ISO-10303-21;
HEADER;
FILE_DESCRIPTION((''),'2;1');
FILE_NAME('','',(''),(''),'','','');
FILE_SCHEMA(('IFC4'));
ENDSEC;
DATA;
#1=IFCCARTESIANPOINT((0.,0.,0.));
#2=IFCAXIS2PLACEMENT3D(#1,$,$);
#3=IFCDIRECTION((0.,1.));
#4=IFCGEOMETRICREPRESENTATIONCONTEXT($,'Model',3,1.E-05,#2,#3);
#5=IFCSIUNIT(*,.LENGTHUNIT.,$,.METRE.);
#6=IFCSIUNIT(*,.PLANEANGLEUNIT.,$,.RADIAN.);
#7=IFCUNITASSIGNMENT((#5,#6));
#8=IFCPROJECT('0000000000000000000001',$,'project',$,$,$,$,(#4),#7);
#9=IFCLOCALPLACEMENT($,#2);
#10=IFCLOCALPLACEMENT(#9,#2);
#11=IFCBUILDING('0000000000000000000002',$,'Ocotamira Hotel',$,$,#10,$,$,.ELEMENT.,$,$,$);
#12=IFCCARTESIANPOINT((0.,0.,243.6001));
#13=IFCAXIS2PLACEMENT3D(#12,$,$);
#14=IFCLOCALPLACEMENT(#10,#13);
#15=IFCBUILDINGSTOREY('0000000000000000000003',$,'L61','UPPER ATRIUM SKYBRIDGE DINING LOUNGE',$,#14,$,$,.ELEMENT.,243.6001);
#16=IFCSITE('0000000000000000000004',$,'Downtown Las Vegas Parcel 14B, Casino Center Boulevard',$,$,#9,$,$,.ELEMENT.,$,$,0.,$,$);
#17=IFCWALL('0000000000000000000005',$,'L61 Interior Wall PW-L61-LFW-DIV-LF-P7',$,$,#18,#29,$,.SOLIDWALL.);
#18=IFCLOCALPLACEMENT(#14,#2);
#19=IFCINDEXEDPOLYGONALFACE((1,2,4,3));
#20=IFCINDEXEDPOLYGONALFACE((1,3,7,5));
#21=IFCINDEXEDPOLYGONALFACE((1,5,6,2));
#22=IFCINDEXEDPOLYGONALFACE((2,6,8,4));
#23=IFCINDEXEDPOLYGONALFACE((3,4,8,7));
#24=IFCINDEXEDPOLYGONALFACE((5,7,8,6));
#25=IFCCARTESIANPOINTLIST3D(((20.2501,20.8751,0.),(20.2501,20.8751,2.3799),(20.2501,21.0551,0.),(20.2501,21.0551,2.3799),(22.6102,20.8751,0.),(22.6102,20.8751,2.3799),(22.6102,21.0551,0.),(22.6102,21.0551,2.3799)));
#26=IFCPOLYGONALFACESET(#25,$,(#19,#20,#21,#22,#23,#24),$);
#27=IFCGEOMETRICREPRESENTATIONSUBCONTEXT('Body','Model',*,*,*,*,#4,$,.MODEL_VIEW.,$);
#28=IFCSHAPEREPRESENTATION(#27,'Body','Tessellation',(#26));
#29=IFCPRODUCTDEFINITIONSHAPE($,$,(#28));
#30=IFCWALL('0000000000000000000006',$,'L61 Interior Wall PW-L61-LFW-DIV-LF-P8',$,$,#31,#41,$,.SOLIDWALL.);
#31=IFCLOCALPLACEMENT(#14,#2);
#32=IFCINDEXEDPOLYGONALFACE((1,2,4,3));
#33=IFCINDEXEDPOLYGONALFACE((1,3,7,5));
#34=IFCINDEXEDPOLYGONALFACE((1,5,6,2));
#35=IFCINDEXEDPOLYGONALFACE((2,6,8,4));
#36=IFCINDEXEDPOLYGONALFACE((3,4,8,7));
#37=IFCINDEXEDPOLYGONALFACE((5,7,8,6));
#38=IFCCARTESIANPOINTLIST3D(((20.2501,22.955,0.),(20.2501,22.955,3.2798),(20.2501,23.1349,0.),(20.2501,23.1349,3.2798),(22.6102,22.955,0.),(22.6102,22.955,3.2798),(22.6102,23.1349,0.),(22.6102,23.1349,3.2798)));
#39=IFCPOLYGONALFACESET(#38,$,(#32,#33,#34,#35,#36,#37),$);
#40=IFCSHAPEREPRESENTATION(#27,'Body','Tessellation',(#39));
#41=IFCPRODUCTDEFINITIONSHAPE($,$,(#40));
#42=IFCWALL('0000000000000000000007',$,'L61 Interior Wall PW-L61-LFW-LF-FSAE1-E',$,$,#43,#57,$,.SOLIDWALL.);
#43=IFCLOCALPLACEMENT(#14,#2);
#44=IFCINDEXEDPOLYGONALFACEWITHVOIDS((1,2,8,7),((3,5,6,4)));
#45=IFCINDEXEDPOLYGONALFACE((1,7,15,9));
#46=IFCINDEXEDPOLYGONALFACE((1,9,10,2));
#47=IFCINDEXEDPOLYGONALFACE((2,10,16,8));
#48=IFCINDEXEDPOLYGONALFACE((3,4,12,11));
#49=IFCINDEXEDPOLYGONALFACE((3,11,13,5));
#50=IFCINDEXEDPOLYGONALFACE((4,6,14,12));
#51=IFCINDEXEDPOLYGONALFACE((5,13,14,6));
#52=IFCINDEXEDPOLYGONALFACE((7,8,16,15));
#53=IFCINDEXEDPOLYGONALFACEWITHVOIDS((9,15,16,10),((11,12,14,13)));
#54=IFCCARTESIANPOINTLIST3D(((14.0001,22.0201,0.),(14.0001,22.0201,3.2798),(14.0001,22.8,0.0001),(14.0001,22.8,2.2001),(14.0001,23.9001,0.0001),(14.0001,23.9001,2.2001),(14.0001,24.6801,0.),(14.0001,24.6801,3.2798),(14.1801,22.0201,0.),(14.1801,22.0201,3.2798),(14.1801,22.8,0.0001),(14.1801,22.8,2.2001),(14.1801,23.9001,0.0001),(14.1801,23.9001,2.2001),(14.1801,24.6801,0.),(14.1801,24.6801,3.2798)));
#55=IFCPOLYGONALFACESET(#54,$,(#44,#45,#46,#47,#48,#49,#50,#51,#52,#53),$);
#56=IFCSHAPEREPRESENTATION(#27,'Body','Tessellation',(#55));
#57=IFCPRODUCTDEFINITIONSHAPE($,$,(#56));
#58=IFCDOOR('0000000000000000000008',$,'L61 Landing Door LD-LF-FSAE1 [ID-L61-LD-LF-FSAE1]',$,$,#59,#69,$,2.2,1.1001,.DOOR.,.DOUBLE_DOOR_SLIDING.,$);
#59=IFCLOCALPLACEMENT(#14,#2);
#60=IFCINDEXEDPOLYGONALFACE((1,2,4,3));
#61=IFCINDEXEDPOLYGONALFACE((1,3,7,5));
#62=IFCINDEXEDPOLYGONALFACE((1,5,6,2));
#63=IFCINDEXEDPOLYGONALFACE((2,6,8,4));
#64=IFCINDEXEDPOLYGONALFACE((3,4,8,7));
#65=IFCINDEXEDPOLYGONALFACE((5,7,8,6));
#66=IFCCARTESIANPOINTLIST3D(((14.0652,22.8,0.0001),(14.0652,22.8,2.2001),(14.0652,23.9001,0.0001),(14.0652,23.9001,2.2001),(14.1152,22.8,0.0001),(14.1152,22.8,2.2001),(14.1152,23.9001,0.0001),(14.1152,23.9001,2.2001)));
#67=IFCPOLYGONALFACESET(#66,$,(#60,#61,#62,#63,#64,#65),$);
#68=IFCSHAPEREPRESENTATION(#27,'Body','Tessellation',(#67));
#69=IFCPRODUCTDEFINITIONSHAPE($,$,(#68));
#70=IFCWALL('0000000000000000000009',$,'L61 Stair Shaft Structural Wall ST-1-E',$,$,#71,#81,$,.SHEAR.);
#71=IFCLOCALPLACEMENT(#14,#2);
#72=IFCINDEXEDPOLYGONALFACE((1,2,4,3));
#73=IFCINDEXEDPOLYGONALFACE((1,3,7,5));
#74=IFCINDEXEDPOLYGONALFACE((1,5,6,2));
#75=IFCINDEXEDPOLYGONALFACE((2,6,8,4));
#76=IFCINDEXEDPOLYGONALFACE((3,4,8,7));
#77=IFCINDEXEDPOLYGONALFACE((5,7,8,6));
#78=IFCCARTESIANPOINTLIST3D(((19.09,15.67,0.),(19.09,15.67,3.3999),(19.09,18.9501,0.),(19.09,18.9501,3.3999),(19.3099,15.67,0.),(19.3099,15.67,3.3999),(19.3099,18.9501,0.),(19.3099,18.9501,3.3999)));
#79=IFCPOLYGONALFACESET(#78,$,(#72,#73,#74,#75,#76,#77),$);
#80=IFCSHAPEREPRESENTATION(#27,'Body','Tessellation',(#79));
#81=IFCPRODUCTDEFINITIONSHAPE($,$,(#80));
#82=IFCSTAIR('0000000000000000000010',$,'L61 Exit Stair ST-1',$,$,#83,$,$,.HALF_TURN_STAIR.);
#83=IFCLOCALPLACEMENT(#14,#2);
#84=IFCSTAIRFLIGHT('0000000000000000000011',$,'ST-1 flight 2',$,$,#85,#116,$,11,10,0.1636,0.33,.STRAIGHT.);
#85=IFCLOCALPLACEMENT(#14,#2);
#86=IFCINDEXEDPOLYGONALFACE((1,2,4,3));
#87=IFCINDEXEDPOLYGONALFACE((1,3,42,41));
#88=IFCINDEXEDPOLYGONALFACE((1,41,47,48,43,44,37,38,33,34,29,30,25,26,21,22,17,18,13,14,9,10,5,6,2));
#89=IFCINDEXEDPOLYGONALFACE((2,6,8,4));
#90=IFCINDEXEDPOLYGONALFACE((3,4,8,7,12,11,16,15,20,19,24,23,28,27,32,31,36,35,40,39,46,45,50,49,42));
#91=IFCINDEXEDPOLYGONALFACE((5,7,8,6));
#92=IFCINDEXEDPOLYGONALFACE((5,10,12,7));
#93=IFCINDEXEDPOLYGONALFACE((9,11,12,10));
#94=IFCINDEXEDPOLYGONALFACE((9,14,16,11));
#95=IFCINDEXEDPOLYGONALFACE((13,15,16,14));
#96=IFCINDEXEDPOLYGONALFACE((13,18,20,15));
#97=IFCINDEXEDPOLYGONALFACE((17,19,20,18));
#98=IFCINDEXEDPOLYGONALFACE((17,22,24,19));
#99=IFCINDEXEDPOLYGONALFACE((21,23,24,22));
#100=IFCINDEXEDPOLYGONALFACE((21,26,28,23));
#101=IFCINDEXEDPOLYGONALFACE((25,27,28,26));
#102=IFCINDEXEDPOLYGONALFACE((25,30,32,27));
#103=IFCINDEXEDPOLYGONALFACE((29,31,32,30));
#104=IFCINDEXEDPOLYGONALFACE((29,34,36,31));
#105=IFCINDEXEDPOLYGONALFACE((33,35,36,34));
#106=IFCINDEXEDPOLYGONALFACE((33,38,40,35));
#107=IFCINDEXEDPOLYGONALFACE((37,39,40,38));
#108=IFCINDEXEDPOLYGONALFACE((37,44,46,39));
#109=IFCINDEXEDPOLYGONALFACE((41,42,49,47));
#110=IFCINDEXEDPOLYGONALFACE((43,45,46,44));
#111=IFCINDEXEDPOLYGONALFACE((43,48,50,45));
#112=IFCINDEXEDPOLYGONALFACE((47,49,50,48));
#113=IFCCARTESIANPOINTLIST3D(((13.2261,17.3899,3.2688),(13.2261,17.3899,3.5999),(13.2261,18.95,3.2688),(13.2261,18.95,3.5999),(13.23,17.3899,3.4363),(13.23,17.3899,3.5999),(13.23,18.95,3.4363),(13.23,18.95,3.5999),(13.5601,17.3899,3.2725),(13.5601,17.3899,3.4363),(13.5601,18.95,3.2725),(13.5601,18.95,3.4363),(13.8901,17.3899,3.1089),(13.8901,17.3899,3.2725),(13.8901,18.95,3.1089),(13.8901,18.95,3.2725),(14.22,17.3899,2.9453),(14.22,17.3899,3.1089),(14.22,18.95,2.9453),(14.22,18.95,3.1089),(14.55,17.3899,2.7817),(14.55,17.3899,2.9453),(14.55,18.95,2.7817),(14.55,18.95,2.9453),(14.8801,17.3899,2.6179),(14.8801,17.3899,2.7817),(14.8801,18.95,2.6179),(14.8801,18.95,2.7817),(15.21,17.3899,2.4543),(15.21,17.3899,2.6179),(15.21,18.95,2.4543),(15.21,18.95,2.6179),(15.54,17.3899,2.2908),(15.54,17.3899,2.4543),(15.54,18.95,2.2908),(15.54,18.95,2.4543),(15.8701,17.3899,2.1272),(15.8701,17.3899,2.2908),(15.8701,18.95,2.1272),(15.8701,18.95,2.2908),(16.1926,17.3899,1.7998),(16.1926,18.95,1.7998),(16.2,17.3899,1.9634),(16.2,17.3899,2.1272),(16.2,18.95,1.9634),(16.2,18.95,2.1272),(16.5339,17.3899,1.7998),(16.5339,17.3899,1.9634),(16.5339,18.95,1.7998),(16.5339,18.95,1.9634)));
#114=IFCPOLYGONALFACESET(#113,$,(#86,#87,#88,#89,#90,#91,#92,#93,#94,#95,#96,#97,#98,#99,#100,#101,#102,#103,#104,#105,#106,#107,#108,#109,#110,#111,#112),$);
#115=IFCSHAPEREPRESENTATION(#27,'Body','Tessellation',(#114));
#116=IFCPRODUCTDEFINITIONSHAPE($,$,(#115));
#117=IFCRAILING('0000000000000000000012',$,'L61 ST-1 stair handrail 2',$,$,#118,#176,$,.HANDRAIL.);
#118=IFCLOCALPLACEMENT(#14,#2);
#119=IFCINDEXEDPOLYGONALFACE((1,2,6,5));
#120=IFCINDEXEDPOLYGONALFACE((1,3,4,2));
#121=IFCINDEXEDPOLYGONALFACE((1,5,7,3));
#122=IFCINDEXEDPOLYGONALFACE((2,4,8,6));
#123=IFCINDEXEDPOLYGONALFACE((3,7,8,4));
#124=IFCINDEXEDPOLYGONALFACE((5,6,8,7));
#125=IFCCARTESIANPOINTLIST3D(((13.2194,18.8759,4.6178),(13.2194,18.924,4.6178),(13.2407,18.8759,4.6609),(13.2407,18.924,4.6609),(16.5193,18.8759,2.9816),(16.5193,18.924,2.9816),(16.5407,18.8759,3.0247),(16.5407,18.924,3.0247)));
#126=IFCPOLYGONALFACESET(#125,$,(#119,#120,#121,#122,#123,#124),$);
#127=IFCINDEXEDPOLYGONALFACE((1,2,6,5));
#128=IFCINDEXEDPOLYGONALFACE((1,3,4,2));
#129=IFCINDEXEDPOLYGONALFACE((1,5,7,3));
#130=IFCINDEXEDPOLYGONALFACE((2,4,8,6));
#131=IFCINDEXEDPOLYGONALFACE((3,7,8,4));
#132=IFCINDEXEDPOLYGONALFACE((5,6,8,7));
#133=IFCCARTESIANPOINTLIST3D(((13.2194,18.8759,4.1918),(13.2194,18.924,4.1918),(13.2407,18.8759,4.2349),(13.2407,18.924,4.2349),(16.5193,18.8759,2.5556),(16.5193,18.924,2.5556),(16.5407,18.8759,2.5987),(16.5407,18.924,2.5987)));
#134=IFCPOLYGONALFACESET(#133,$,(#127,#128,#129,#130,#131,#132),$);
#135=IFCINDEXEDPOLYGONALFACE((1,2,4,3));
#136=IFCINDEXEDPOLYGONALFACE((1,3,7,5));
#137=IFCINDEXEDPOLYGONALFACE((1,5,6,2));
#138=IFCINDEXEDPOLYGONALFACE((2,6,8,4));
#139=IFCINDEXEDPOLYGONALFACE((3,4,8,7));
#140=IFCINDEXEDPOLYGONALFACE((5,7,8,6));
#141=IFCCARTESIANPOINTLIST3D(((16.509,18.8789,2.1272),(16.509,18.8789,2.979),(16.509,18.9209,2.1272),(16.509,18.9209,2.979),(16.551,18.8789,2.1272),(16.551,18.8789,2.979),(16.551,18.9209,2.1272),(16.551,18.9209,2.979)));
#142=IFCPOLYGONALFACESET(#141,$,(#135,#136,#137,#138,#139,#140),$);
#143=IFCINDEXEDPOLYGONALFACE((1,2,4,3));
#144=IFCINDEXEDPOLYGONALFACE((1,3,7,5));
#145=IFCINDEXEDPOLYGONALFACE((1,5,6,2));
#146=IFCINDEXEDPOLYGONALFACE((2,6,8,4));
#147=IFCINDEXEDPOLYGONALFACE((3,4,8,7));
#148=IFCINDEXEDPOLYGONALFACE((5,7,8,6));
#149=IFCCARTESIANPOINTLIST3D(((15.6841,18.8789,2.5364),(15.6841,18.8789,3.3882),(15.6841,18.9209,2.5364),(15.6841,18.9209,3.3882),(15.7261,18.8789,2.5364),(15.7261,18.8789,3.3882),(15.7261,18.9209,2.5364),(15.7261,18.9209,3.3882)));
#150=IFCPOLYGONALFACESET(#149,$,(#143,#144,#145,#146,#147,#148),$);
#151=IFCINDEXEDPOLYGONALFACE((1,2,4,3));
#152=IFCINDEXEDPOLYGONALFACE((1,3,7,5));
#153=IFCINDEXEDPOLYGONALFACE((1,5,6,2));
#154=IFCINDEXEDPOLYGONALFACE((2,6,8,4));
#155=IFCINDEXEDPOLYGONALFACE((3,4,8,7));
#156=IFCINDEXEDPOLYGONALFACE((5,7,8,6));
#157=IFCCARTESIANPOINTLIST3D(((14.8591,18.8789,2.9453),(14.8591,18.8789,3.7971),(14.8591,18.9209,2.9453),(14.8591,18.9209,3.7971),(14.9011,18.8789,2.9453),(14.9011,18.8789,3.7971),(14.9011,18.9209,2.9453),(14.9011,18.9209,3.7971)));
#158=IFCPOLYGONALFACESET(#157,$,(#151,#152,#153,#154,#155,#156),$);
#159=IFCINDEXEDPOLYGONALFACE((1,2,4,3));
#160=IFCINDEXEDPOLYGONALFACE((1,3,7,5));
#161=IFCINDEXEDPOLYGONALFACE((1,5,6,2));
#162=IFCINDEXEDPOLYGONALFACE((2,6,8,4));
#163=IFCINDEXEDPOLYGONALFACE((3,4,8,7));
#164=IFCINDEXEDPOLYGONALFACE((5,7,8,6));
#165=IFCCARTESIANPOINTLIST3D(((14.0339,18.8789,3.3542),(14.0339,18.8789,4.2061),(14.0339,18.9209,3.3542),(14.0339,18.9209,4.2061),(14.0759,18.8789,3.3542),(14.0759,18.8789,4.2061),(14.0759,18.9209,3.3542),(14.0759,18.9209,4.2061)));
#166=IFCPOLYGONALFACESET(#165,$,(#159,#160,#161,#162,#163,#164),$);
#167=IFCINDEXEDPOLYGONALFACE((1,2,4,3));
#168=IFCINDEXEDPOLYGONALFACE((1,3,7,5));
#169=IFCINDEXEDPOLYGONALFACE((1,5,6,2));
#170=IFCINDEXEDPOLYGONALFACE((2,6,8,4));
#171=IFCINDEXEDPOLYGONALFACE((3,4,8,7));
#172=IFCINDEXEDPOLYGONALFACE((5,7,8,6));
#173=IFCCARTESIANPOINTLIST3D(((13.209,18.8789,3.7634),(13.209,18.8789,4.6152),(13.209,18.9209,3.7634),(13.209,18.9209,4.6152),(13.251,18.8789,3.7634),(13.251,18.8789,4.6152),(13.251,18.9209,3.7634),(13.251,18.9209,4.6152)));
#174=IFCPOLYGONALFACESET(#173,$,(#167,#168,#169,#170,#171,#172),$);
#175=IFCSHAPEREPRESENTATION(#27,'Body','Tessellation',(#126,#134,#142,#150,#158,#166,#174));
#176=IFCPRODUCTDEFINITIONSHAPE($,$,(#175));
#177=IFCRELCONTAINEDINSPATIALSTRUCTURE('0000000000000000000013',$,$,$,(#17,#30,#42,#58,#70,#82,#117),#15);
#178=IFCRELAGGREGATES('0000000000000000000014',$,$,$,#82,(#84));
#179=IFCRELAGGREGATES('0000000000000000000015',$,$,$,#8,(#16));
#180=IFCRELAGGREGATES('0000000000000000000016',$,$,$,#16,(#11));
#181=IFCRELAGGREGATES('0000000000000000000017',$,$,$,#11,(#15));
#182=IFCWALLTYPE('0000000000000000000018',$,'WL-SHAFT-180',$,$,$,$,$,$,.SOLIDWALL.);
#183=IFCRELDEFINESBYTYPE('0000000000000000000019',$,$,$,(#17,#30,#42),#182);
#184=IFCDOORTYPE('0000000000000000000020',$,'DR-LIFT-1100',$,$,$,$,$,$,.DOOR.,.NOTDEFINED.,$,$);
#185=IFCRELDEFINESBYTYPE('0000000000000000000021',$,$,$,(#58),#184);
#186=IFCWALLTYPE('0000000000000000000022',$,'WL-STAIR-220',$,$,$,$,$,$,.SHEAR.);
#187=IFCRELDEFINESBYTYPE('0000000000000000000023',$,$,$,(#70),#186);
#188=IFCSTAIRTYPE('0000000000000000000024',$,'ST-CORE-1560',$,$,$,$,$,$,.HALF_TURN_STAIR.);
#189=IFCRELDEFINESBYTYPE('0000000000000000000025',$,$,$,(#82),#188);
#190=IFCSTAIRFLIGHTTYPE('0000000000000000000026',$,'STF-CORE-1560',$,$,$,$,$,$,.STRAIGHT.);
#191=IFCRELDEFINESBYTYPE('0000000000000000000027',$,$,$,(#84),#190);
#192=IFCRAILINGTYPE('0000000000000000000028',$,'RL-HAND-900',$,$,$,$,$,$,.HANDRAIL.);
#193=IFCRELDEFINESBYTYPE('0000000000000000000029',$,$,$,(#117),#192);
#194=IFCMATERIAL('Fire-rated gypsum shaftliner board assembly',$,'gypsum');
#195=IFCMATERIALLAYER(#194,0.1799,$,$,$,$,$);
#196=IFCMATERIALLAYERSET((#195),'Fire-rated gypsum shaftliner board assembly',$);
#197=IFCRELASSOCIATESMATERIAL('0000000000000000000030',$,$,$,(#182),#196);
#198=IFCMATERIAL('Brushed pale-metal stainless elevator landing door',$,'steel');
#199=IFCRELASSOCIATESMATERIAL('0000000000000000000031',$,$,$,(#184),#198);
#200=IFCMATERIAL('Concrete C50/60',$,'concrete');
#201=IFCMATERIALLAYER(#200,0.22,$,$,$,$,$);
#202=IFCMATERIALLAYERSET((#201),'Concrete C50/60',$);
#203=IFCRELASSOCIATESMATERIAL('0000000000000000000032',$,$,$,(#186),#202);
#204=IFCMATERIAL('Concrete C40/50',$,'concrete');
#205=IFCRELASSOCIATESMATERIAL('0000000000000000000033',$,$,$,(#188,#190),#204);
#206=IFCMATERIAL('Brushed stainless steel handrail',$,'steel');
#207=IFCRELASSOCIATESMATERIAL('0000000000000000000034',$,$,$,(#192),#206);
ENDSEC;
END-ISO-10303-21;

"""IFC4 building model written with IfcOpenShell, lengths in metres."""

from ifc_helpers import new_model, si_unit, direction, frame, frame_2d, origin, origin_2d, place, context, subcontext, project, spatial, polyline, rectangle, outline, extrude, source, transform, mapped, material, layer, layer_set, type_object, element, fill, aggregate, save


model = new_model("IFC4")

# Units and contexts
model_context = context("Model", 3, precision=1e-05, world=origin(), true_north=direction((0.0, 1.0)))
body_context = subcontext(model_context, "Body", "Model", "MODEL_VIEW")
ifc_project = project(units=[si_unit("LENGTHUNIT", "METRE"), si_unit("PLANEANGLEUNIT", "RADIAN")], contexts=[model_context])

# Site, building, storey
site_placement = place(None, origin())
site = spatial("IfcSite", under=ifc_project, at=site_placement, Name="Downtown Las Vegas Parcel 14B, Casino Center Boulevard", CompositionType="ELEMENT", RefElevation=0.0)
building_placement = place(site_placement, origin())
building = spatial("IfcBuilding", under=site, at=building_placement, Name="Ocotamira Hotel", CompositionType="ELEMENT")
storey_placement = place(building_placement, frame((0.0, 0.0, 243.6001)))
storey = spatial("IfcBuildingStorey", under=building, at=storey_placement, Name="L61", Description="UPPER ATRIUM SKYBRIDGE DINING LOUNGE", CompositionType="ELEMENT", Elevation=243.6001)

# Shared definitions
ifc_material_1 = material(Name="Fire-rated gypsum shaftliner board assembly", Category="gypsum")
ifc_layer_1 = layer(ifc_material_1, 0.1799)
ifc_layer_set_1 = layer_set([ifc_layer_1], Name="Fire-rated gypsum shaftliner board assembly")
wall_type_1 = type_object("IfcWallType", Name="WL-SHAFT-180", PredefinedType="SOLIDWALL", material=ifc_layer_set_1)
ifc_material_2 = material(Name="Brushed pale-metal stainless elevator landing door", Category="steel")
door_type_1 = type_object("IfcDoorType", Name="DR-LIFT-1100", OperationType="NOTDEFINED", PredefinedType="DOOR", material=ifc_material_2)
shared_shape_1 = source(origin(), body_context, "Body", "SweptSolid", [
    extrude(rectangle(XDim=1.1001, YDim=2.2, at=frame_2d((0.55, 1.1001))), frame((0.0, 0.0249, 0.0), z_axis=(0.0, -1.0, 0.0), x_axis=(1.0, 0.0, 0.0)), (0.0, 0.0, 1.0), 0.05),
])

# Walls
wall_1_placement = place(storey_placement, frame((20.25, 20.9651, 0.0), z_axis=(0.0, 0.0, 1.0), x_axis=(1.0, 0.0, 0.0)))
element("IfcWall", 1, at=wall_1_placement, inside=storey, type_object=wall_type_1, Name="L61 Interior Wall PW-L61-LFW-DIV-LF-P7", PredefinedType="SOLIDWALL", context=body_context, shape_type="SweptSolid", body=[
    extrude(rectangle(XDim=2.3601, YDim=0.1799, at=frame_2d((1.1802, 0.0))), origin(), (0.0, 0.0, 1.0), 2.3799),
])
wall_2_placement = place(storey_placement, frame((20.25, 23.0449, 0.0), z_axis=(0.0, 0.0, 1.0), x_axis=(1.0, 0.0, 0.0)))
element("IfcWall", 2, at=wall_2_placement, inside=storey, type_object=wall_type_1, Name="L61 Interior Wall PW-L61-LFW-DIV-LF-P8", PredefinedType="SOLIDWALL", context=body_context, shape_type="SweptSolid", body=[
    extrude(rectangle(XDim=2.3601, YDim=0.1799, at=frame_2d((1.1802, 0.0))), origin(), (0.0, 0.0, 1.0), 3.2798),
])

# Wall, opening, door
wall_3_placement = place(storey_placement, frame((14.0901, 22.02, 0.0), z_axis=(0.0, 0.0, 1.0), x_axis=(0.0, 1.0, 0.0)))
wall_3 = element("IfcWall", 3, at=wall_3_placement, inside=storey, type_object=wall_type_1, Name="L61 Interior Wall PW-L61-LFW-LF-FSAE1-E", PredefinedType="SOLIDWALL", context=body_context, shape_type="SweptSolid", body=[
    extrude(rectangle(XDim=2.6599, YDim=0.1799, at=frame_2d((1.3301, 0.0))), origin(), (0.0, 0.0, 1.0), 3.2798),
])
opening_1_placement = place(wall_3_placement, frame((0.78, 0.0, 0.0)))
opening_1 = element("IfcOpeningElement", 4, at=opening_1_placement, cuts=wall_3, PredefinedType="OPENING", context=body_context, shape_type="SweptSolid", body=[
    extrude(rectangle(XDim=1.1001, YDim=2.2, at=frame_2d((0.55, 1.1001))), frame((0.0, 0.1001, 0.0), z_axis=(0.0, -1.0, 0.0), x_axis=(1.0, 0.0, 0.0)), (0.0, 0.0, 1.0), 0.2),
])
door_1_placement = place(opening_1_placement, origin())
door_1 = element("IfcDoor", 5, at=door_1_placement, inside=storey, type_object=door_type_1, Name="L61 Landing Door LD-LF-FSAE1 [ID-L61-LD-LF-FSAE1]", OperationType="DOUBLE_DOOR_SLIDING", OverallHeight=2.2, OverallWidth=1.1001, PredefinedType="DOOR", context=body_context, shape_type="MappedRepresentation", body=[
    mapped(shared_shape_1, transform((0.0, 0.0, 0.0), scale=1.0)),
])
fill(opening_1, door_1)

# Wall
ifc_material_3 = material(Name="Concrete C50/60", Category="concrete")
ifc_layer_2 = layer(ifc_material_3, 0.22)
ifc_layer_set_2 = layer_set([ifc_layer_2], Name="Concrete C50/60")
wall_type_2 = type_object("IfcWallType", Name="WL-STAIR-220", PredefinedType="SHEAR", material=ifc_layer_set_2)
wall_4_placement = place(storey_placement, frame((19.2, 15.6699, 0.0), z_axis=(0.0, 0.0, 1.0), x_axis=(0.0, 1.0, 0.0)))
element("IfcWall", 6, at=wall_4_placement, inside=storey, type_object=wall_type_2, Name="L61 Stair Shaft Structural Wall ST-1-E", PredefinedType="SHEAR", context=body_context, shape_type="SweptSolid", body=[
    extrude(rectangle(XDim=3.28, YDim=0.22, at=frame_2d((1.6401, 0.0))), origin(), (0.0, 0.0, 1.0), 3.3999),
])

# Stair, stair flight
ifc_material_4 = material(Name="Concrete C40/50", Category="concrete")
stair_type = type_object("IfcStairType", Name="ST-CORE-1560", PredefinedType="HALF_TURN_STAIR", material=ifc_material_4)
stair_placement = place(storey_placement, origin())
stair = element("IfcStair", 7, at=stair_placement, inside=storey, type_object=stair_type, Name="L61 Exit Stair ST-1", PredefinedType="HALF_TURN_STAIR")
stair_flight_type = type_object("IfcStairFlightType", Name="STF-CORE-1560", PredefinedType="STRAIGHT", material=ifc_material_4)
shared_shape_2 = source(origin(), body_context, "Body", "SweptSolid", [
    extrude(outline(polyline([(-0.0039, 0.0), (-0.0039, 0.1636), (0.3301, 0.1636), (0.3301, 0.3274), (0.6599, 0.3274), (0.6599, 0.491), (0.99, 0.491), (0.99, 0.6545), (1.3201, 0.6545), (1.3201, 0.8181), (1.6499, 0.8181), (1.6499, 0.9819), (1.98, 0.9819), (1.98, 1.1455), (2.3101, 1.1455), (2.3101, 1.3091), (2.6399, 1.3091), (2.6399, 1.4727), (2.97, 1.4727), (2.97, 1.6365), (3.3, 1.6365), (3.3, 1.8), (3.304, 1.8), (3.304, 1.469), (0.3374, 0.0), (-0.0039, 0.0)])), frame((0.0, 0.78, 0.0), z_axis=(0.0, -1.0, 0.0), x_axis=(1.0, 0.0, 0.0)), (0.0, 0.0, 1.0), 1.5601),
])
stair_flight_placement = place(storey_placement, frame((16.53, 18.1699, 1.7998), z_axis=(0.0, 0.0, 1.0), x_axis=(-1.0, 0.0, 0.0)))
stair_flight = element("IfcStairFlight", 8, at=stair_flight_placement, type_object=stair_flight_type, Name="ST-1 flight 2", NumberOfRisers=11, NumberOfTreads=10, PredefinedType="STRAIGHT", RiserHeight=0.1636, TreadLength=0.33, context=body_context, shape_type="MappedRepresentation", body=[
    mapped(shared_shape_2, transform((0.0, 0.0, 0.0), scale=1.0)),
])
aggregate(stair, [stair_flight])

# Railing
ifc_material_5 = material(Name="Brushed stainless steel handrail", Category="steel")
railing_type_1 = type_object("IfcRailingType", Name="RL-HAND-900", PredefinedType="HANDRAIL", material=ifc_material_5)
railing_1_placement = place(storey_placement, frame((16.53, 18.8999, 2.1272)))
element("IfcRailing", 9, at=railing_1_placement, inside=storey, type_object=railing_type_1, Name="L61 ST-1 stair handrail 2", PredefinedType="HANDRAIL", context=body_context, shape_type="SweptSolid", body=[
    extrude(rectangle(XDim=0.0481, YDim=0.0481, at=origin_2d()), frame((0.0, 0.0, 0.876), z_axis=(-0.89592, 0.0, 0.444215), x_axis=(0.0, -1.0, 0.0)), (0.0, 0.0, 1.0), 3.6833),
    extrude(rectangle(XDim=0.0481, YDim=0.0481, at=origin_2d()), frame((0.0, 0.0, 0.45), z_axis=(-0.89592, 0.0, 0.444215), x_axis=(0.0, -1.0, 0.0)), (0.0, 0.0, 1.0), 3.6833),
    extrude(rectangle(XDim=0.042, YDim=0.042, at=origin_2d()), origin(), (0.0, 0.0, 1.0), 0.8518),
    extrude(rectangle(XDim=0.042, YDim=0.042, at=origin_2d()), frame((-0.825, 0.0, 0.4092)), (0.0, 0.0, 1.0), 0.8518),
    extrude(rectangle(XDim=0.042, YDim=0.042, at=origin_2d()), frame((-1.6499, 0.0, 0.8181)), (0.0, 0.0, 1.0), 0.8518),
    extrude(rectangle(XDim=0.042, YDim=0.042, at=origin_2d()), frame((-2.4751, 0.0, 1.2271)), (0.0, 0.0, 1.0), 0.8518),
    extrude(rectangle(XDim=0.042, YDim=0.042, at=origin_2d()), frame((-3.3, 0.0, 1.6362)), (0.0, 0.0, 1.0), 0.8518),
])

save(model, "model.ifc")
